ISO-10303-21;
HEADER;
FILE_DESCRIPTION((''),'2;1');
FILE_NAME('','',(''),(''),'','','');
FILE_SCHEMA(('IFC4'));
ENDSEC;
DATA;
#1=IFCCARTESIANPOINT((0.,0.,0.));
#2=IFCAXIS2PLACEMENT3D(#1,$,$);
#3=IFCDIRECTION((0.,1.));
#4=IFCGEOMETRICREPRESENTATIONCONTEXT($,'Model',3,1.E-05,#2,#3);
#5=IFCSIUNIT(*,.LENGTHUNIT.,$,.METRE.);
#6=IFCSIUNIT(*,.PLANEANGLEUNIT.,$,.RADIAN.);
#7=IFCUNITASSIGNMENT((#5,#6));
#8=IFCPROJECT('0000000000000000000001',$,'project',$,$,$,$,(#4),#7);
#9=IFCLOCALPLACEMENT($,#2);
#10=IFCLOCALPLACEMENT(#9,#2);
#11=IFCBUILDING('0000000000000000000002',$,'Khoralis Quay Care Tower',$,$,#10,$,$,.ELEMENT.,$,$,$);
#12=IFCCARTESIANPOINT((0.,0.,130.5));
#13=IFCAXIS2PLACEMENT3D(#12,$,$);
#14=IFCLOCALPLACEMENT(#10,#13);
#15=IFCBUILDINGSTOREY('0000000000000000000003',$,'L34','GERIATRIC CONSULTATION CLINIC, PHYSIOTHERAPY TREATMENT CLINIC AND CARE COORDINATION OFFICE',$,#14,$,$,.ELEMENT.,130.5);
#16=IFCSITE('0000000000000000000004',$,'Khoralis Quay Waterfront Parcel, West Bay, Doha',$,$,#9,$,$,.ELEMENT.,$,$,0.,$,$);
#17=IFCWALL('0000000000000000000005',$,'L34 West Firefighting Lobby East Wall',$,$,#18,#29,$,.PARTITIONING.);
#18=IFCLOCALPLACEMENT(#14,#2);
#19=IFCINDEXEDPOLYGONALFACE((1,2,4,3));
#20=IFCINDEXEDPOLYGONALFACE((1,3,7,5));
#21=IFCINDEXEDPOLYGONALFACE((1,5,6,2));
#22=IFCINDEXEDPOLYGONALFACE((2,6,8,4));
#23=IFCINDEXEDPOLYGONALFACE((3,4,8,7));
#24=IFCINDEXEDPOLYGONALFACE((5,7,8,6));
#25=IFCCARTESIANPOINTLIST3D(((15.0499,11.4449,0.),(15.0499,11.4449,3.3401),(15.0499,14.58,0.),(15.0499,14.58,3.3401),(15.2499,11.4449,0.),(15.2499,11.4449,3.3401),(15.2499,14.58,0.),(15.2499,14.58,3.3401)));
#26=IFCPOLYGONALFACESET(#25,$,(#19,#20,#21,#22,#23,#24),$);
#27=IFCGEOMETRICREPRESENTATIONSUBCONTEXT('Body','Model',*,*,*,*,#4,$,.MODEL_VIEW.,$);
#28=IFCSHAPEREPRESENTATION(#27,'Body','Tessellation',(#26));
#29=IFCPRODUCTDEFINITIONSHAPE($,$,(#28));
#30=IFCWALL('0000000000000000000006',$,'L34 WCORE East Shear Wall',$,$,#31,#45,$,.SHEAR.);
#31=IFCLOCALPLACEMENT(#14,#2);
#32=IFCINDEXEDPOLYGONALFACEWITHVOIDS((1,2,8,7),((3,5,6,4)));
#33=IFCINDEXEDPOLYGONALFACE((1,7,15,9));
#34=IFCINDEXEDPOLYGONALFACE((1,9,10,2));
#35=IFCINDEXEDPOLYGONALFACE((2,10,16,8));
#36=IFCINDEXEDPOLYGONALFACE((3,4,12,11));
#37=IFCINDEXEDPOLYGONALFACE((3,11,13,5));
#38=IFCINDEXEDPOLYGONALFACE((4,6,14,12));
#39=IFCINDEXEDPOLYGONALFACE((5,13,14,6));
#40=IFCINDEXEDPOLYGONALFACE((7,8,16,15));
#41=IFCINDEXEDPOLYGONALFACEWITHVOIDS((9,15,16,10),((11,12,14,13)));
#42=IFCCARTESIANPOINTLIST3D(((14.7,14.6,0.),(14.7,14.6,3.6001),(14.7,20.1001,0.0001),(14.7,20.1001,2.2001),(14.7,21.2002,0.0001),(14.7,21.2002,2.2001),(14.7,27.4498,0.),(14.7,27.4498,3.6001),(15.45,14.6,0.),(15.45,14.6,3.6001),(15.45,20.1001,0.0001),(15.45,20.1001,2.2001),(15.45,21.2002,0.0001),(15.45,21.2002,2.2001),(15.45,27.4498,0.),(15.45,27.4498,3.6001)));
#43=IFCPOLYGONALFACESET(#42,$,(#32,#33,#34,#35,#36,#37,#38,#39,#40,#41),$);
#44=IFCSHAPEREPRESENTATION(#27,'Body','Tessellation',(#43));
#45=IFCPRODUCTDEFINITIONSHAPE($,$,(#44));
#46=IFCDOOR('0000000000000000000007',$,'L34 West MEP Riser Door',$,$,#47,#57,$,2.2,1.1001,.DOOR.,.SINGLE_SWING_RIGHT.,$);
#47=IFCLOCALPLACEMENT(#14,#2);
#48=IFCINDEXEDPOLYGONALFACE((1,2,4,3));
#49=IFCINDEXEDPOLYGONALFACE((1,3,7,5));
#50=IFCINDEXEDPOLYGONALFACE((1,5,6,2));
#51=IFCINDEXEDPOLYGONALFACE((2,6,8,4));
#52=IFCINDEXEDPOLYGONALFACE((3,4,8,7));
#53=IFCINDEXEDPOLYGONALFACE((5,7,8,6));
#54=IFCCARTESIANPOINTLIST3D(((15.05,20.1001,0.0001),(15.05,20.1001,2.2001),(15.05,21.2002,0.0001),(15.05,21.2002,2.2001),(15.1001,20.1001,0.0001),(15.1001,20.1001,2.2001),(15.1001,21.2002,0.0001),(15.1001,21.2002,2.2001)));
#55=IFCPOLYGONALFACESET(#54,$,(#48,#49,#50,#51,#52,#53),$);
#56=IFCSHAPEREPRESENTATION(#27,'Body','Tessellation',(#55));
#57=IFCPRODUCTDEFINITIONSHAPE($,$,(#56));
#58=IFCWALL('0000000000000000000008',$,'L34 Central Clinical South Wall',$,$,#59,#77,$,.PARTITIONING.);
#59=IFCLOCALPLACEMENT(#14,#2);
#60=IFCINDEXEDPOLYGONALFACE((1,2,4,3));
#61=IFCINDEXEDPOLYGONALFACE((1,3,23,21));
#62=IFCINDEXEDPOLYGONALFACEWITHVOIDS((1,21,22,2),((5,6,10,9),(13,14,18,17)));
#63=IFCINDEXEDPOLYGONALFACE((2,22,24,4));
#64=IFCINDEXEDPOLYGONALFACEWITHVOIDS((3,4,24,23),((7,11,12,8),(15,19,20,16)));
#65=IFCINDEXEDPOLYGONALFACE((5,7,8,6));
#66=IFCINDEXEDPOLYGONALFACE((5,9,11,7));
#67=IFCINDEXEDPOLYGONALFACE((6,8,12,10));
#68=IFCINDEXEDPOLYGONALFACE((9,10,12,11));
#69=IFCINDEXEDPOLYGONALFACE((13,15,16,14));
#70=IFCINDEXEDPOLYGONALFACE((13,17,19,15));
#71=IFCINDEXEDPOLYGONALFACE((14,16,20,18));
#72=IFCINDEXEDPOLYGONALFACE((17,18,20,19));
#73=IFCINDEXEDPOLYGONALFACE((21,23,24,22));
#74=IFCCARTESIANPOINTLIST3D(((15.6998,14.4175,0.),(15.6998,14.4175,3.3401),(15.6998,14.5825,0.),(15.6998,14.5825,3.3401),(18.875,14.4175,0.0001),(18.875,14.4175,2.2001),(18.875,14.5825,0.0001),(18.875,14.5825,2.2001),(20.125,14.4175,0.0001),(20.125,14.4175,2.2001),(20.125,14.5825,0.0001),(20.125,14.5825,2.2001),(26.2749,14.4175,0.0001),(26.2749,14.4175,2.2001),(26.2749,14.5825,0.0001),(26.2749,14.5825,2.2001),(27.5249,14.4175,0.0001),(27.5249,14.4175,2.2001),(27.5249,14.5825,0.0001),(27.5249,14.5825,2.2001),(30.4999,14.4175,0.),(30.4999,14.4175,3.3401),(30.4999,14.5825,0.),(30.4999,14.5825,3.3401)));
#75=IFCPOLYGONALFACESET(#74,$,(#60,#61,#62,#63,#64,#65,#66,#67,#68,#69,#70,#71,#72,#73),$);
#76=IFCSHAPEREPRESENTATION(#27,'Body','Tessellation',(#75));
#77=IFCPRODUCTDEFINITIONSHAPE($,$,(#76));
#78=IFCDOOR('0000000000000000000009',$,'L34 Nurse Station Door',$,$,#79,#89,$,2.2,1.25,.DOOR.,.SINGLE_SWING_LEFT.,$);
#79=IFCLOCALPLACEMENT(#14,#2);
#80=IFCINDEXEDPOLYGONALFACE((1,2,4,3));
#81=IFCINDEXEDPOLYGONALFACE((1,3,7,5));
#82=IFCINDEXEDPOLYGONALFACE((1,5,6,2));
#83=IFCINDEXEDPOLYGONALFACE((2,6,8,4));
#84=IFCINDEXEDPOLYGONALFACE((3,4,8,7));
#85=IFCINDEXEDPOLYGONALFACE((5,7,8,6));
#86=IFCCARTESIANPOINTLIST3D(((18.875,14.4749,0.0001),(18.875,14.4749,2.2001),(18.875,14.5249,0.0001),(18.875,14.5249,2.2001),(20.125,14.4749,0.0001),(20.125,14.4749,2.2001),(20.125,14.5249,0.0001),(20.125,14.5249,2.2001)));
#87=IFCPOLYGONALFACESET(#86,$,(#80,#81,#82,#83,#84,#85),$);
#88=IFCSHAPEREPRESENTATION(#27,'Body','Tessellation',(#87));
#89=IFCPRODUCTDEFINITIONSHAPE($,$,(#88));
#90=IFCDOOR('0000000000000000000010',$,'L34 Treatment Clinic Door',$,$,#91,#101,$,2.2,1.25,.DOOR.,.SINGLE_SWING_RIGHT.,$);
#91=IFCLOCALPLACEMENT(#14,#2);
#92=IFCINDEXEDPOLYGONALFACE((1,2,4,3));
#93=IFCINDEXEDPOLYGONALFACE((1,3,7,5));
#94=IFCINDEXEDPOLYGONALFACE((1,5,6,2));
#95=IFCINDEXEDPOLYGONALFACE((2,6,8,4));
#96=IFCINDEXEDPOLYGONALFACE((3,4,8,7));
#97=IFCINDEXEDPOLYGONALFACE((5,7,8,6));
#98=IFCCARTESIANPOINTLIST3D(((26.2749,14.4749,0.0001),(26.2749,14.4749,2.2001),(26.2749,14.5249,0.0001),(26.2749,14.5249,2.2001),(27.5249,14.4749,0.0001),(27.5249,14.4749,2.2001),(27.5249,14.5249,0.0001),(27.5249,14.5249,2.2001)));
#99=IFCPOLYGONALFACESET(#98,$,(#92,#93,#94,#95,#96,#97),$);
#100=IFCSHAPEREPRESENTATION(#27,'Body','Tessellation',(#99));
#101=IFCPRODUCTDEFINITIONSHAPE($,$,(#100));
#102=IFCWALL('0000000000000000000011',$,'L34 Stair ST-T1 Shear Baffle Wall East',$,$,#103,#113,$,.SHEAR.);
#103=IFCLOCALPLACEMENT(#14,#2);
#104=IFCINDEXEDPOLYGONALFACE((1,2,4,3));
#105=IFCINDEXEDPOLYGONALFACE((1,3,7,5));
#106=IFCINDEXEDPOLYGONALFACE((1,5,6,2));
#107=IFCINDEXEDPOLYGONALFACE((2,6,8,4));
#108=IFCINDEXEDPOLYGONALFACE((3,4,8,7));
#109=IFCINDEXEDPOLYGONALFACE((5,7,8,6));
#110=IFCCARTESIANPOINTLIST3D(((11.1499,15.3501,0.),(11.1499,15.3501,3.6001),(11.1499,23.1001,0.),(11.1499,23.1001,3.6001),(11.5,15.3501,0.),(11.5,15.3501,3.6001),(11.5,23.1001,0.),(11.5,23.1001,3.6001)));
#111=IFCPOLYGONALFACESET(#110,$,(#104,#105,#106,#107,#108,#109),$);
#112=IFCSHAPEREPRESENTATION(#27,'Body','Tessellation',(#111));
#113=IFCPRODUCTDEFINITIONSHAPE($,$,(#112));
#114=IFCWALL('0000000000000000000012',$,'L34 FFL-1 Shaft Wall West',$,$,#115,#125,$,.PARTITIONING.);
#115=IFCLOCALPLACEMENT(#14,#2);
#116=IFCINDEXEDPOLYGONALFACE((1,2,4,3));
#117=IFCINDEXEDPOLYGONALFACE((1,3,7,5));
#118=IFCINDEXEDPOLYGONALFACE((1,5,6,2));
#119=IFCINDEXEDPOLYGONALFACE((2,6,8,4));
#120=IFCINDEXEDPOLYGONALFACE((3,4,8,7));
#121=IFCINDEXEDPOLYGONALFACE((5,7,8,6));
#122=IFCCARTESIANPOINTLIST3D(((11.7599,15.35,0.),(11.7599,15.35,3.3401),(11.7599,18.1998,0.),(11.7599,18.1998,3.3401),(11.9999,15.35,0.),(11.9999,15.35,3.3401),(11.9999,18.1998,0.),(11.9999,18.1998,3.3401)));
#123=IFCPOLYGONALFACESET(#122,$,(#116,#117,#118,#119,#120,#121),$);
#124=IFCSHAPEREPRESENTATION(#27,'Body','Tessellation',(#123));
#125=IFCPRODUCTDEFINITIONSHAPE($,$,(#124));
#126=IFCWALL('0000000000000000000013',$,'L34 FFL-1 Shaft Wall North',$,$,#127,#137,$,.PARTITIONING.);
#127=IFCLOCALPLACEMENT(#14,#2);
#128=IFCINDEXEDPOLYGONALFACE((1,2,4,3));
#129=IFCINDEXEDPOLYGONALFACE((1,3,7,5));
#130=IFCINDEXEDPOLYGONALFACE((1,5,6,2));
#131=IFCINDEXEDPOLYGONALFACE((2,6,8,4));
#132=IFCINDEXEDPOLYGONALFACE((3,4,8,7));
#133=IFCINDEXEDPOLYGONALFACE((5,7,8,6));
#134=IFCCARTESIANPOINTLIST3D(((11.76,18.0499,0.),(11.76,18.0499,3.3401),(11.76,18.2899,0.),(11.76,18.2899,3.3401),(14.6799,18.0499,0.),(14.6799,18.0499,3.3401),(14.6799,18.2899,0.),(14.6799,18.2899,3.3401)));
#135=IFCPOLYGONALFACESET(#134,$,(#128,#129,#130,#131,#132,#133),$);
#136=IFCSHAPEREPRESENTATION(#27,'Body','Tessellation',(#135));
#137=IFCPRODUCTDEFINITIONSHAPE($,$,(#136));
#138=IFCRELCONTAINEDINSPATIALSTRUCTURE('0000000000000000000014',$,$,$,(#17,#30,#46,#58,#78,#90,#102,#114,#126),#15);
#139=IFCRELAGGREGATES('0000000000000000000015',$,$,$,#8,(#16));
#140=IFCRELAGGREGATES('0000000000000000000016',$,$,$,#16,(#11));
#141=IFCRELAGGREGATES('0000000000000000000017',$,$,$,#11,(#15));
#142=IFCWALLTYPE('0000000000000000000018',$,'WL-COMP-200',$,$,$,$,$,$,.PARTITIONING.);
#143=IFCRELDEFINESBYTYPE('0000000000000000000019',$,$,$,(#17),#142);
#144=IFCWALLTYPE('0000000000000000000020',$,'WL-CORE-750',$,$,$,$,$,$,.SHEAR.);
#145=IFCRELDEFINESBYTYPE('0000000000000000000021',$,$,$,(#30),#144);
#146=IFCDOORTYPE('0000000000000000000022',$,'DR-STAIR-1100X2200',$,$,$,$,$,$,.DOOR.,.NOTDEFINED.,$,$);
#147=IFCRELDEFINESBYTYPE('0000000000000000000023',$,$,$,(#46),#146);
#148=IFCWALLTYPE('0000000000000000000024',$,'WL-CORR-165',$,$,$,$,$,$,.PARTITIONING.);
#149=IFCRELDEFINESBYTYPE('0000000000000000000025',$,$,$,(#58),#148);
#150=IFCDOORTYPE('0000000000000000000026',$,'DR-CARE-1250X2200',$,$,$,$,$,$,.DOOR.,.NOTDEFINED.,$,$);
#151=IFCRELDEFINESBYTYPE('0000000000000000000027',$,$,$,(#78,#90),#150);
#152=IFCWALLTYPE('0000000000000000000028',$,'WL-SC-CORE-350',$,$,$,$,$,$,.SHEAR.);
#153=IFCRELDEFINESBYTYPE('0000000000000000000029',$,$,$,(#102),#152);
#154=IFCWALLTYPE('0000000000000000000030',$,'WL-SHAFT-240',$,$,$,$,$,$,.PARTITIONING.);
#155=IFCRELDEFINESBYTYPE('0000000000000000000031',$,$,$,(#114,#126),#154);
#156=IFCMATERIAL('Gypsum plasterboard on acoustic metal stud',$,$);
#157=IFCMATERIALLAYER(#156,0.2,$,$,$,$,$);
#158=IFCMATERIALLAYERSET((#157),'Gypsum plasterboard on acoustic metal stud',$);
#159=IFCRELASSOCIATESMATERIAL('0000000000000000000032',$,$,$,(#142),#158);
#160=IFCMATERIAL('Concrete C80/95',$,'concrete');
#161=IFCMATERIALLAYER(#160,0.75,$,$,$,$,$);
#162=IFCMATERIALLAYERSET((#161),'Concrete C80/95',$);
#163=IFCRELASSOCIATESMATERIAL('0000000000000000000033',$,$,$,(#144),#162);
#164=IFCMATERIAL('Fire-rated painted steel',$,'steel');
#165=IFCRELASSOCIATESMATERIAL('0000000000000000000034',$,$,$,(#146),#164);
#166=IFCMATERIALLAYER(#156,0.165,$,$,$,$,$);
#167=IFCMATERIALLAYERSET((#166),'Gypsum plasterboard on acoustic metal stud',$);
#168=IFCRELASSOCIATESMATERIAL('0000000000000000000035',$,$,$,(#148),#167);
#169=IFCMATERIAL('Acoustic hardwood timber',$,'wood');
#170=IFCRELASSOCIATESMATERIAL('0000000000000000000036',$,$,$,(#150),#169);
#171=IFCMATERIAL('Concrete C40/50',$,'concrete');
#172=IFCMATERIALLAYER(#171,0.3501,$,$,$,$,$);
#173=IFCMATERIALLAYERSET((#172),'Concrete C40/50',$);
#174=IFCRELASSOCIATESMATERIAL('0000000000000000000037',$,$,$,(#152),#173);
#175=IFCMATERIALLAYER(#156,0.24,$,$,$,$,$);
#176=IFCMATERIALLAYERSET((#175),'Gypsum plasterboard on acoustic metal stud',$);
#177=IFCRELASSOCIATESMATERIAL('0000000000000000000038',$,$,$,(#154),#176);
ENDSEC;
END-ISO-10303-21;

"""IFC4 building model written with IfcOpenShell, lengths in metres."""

from ifc_helpers import new_model, si_unit, direction, frame, frame_2d, origin, place, context, subcontext, project, spatial, rectangle, extrude, source, transform, mapped, material, layer, layer_set, type_object, element, fill, save


model = new_model("IFC4")

# Units and contexts
model_context = context("Model", 3, precision=1e-05, world=origin(), true_north=direction((0.0, 1.0)))
body_context = subcontext(model_context, "Body", "Model", "MODEL_VIEW")
ifc_project = project(units=[si_unit("LENGTHUNIT", "METRE"), si_unit("PLANEANGLEUNIT", "RADIAN")], contexts=[model_context])

# Site, building, storey
site_placement = place(None, origin())
site = spatial("IfcSite", under=ifc_project, at=site_placement, Name="Khoralis Quay Waterfront Parcel, West Bay, Doha", CompositionType="ELEMENT", RefElevation=0.0)
building_placement = place(site_placement, origin())
building = spatial("IfcBuilding", under=site, at=building_placement, Name="Khoralis Quay Care Tower", CompositionType="ELEMENT")
storey_placement = place(building_placement, frame((0.0, 0.0, 130.5)))
storey = spatial("IfcBuildingStorey", under=building, at=storey_placement, Name="L34", Description="GERIATRIC CONSULTATION CLINIC, PHYSIOTHERAPY TREATMENT CLINIC AND CARE COORDINATION OFFICE", CompositionType="ELEMENT", Elevation=130.5)

# Wall
ifc_material_1 = material(Name="Gypsum plasterboard on acoustic metal stud")
ifc_layer_1 = layer(ifc_material_1, 0.2)
ifc_layer_set_1 = layer_set([ifc_layer_1], Name="Gypsum plasterboard on acoustic metal stud")
wall_type_1 = type_object("IfcWallType", Name="WL-COMP-200", PredefinedType="PARTITIONING", material=ifc_layer_set_1)
wall_1_placement = place(storey_placement, frame((15.1499, 11.4451, 0.0), z_axis=(0.0, 0.0, 1.0), x_axis=(0.0, 1.0, 0.0)))
element("IfcWall", 1, at=wall_1_placement, inside=storey, type_object=wall_type_1, Name="L34 West Firefighting Lobby East Wall", PredefinedType="PARTITIONING", context=body_context, shape_type="SweptSolid", body=[
    extrude(rectangle(XDim=3.135, YDim=0.2, at=frame_2d((1.5674, 0.0))), origin(), (0.0, 0.0, 1.0), 3.3401),
])

# Wall, opening, door
ifc_material_2 = material(Name="Concrete C80/95", Category="concrete")
ifc_layer_2 = layer(ifc_material_2, 0.75)
ifc_layer_set_2 = layer_set([ifc_layer_2], Name="Concrete C80/95")
wall_type_2 = type_object("IfcWallType", Name="WL-CORE-750", PredefinedType="SHEAR", material=ifc_layer_set_2)
wall_2_placement = place(storey_placement, frame((15.075, 14.6001, 0.0), z_axis=(0.0, 0.0, 1.0), x_axis=(0.0, 1.0, 0.0)))
wall_2 = element("IfcWall", 2, at=wall_2_placement, inside=storey, type_object=wall_type_2, Name="L34 WCORE East Shear Wall", PredefinedType="SHEAR", context=body_context, shape_type="SweptSolid", body=[
    extrude(rectangle(XDim=12.8499, YDim=0.75, at=frame_2d((6.4248, 0.0))), origin(), (0.0, 0.0, 1.0), 3.6001),
])
opening_1_placement = place(wall_2_placement, frame((5.5, 0.0, 0.0)))
opening_1 = element("IfcOpeningElement", 3, at=opening_1_placement, cuts=wall_2, PredefinedType="OPENING", context=body_context, shape_type="SweptSolid", body=[
    extrude(rectangle(XDim=1.1001, YDim=2.2, at=frame_2d((0.55, 1.1001))), frame((0.0, 0.385, 0.0), z_axis=(0.0, -1.0, 0.0), x_axis=(1.0, 0.0, 0.0)), (0.0, 0.0, 1.0), 0.77),
])
ifc_material_3 = material(Name="Fire-rated painted steel", Category="steel")
door_type_1 = type_object("IfcDoorType", Name="DR-STAIR-1100X2200", OperationType="NOTDEFINED", PredefinedType="DOOR", material=ifc_material_3)
shared_shape_1 = source(origin(), body_context, "Body", "SweptSolid", [
    extrude(rectangle(XDim=1.1001, YDim=2.2, at=frame_2d((0.55, 1.1001))), frame((0.0, 0.0249, 0.0), z_axis=(0.0, -1.0, 0.0), x_axis=(1.0, 0.0, 0.0)), (0.0, 0.0, 1.0), 0.05),
])
door_1_placement = place(opening_1_placement, origin())
door_1 = element("IfcDoor", 4, at=door_1_placement, inside=storey, type_object=door_type_1, Name="L34 West MEP Riser Door", OperationType="SINGLE_SWING_RIGHT", OverallHeight=2.2, OverallWidth=1.1001, PredefinedType="DOOR", context=body_context, shape_type="MappedRepresentation", body=[
    mapped(shared_shape_1, transform((0.0, 0.0, 0.0), scale=1.0)),
])
fill(opening_1, door_1)

# Wall, openings, doors
ifc_layer_3 = layer(ifc_material_1, 0.165)
ifc_layer_set_3 = layer_set([ifc_layer_3], Name="Gypsum plasterboard on acoustic metal stud")
wall_type_3 = type_object("IfcWallType", Name="WL-CORR-165", PredefinedType="PARTITIONING", material=ifc_layer_set_3)
wall_3_placement = place(storey_placement, frame((15.7, 14.5, 0.0), z_axis=(0.0, 0.0, 1.0), x_axis=(1.0, 0.0, 0.0)))
wall_3 = element("IfcWall", 5, at=wall_3_placement, inside=storey, type_object=wall_type_3, Name="L34 Central Clinical South Wall", PredefinedType="PARTITIONING", context=body_context, shape_type="SweptSolid", body=[
    extrude(rectangle(XDim=14.8, YDim=0.165, at=frame_2d((7.3999, 0.0))), origin(), (0.0, 0.0, 1.0), 3.3401),
])
opening_2_placement = place(wall_3_placement, frame((3.175, 0.0, 0.0)))
opening_2 = element("IfcOpeningElement", 6, at=opening_2_placement, cuts=wall_3, PredefinedType="OPENING", context=body_context, shape_type="SweptSolid", body=[
    extrude(rectangle(XDim=1.25, YDim=2.2, at=frame_2d((0.625, 1.1001))), frame((0.0, 0.0925, 0.0), z_axis=(0.0, -1.0, 0.0), x_axis=(1.0, 0.0, 0.0)), (0.0, 0.0, 1.0), 0.1851),
])
opening_3_placement = place(wall_3_placement, frame((10.575, 0.0, 0.0)))
opening_3 = element("IfcOpeningElement", 7, at=opening_3_placement, cuts=wall_3, PredefinedType="OPENING", context=body_context, shape_type="SweptSolid", body=[
    extrude(rectangle(XDim=1.25, YDim=2.2, at=frame_2d((0.625, 1.1001))), frame((0.0, 0.0925, 0.0), z_axis=(0.0, -1.0, 0.0), x_axis=(1.0, 0.0, 0.0)), (0.0, 0.0, 1.0), 0.1851),
])
ifc_material_4 = material(Name="Acoustic hardwood timber", Category="wood")
door_type_2 = type_object("IfcDoorType", Name="DR-CARE-1250X2200", OperationType="NOTDEFINED", PredefinedType="DOOR", material=ifc_material_4)
shared_shape_2 = source(origin(), body_context, "Body", "SweptSolid", [
    extrude(rectangle(XDim=1.25, YDim=2.2, at=frame_2d((0.625, 1.1001))), frame((0.0, 0.0249, 0.0), z_axis=(0.0, -1.0, 0.0), x_axis=(1.0, 0.0, 0.0)), (0.0, 0.0, 1.0), 0.05),
])
door_2_placement = place(opening_2_placement, origin())
door_2 = element("IfcDoor", 8, at=door_2_placement, inside=storey, type_object=door_type_2, Name="L34 Nurse Station Door", OperationType="SINGLE_SWING_LEFT", OverallHeight=2.2, OverallWidth=1.25, PredefinedType="DOOR", context=body_context, shape_type="MappedRepresentation", body=[
    mapped(shared_shape_2, transform((0.0, 0.0, 0.0), scale=1.0)),
])
fill(opening_2, door_2)
door_3_placement = place(opening_3_placement, origin())
door_3 = element("IfcDoor", 9, at=door_3_placement, inside=storey, type_object=door_type_2, Name="L34 Treatment Clinic Door", OperationType="SINGLE_SWING_RIGHT", OverallHeight=2.2, OverallWidth=1.25, PredefinedType="DOOR", context=body_context, shape_type="MappedRepresentation", body=[
    mapped(shared_shape_2, transform((0.0, 0.0, 0.0), scale=1.0)),
])
fill(opening_3, door_3)

# Walls
ifc_material_5 = material(Name="Concrete C40/50", Category="concrete")
ifc_layer_4 = layer(ifc_material_5, 0.3501)
ifc_layer_set_4 = layer_set([ifc_layer_4], Name="Concrete C40/50")
wall_type_4 = type_object("IfcWallType", Name="WL-SC-CORE-350", PredefinedType="SHEAR", material=ifc_layer_set_4)
wall_4_placement = place(storey_placement, frame((11.325, 15.3501, 0.0), z_axis=(0.0, 0.0, 1.0), x_axis=(0.0, 1.0, 0.0)))
element("IfcWall", 10, at=wall_4_placement, inside=storey, type_object=wall_type_4, Name="L34 Stair ST-T1 Shear Baffle Wall East", PredefinedType="SHEAR", context=body_context, shape_type="SweptSolid", body=[
    extrude(rectangle(XDim=7.75, YDim=0.3501, at=frame_2d((3.875, 0.0))), origin(), (0.0, 0.0, 1.0), 3.6001),
])
ifc_layer_5 = layer(ifc_material_1, 0.24)
ifc_layer_set_5 = layer_set([ifc_layer_5], Name="Gypsum plasterboard on acoustic metal stud")
wall_type_5 = type_object("IfcWallType", Name="WL-SHAFT-240", PredefinedType="PARTITIONING", material=ifc_layer_set_5)
wall_5_placement = place(storey_placement, frame((11.8799, 15.3501, 0.0), z_axis=(0.0, 0.0, 1.0), x_axis=(0.0, 1.0, 0.0)))
element("IfcWall", 11, at=wall_5_placement, inside=storey, type_object=wall_type_5, Name="L34 FFL-1 Shaft Wall West", PredefinedType="PARTITIONING", context=body_context, shape_type="SweptSolid", body=[
    extrude(rectangle(XDim=2.8499, YDim=0.24, at=frame_2d((1.4248, 0.0))), origin(), (0.0, 0.0, 1.0), 3.3401),
])
wall_6_placement = place(storey_placement, frame((11.76, 18.1699, 0.0), z_axis=(0.0, 0.0, 1.0), x_axis=(1.0, 0.0, 0.0)))
element("IfcWall", 12, at=wall_6_placement, inside=storey, type_object=wall_type_5, Name="L34 FFL-1 Shaft Wall North", PredefinedType="PARTITIONING", context=body_context, shape_type="SweptSolid", body=[
    extrude(rectangle(XDim=2.9199, YDim=0.24, at=frame_2d((1.46, 0.0))), origin(), (0.0, 0.0, 1.0), 3.3401),
])

save(model, "model.ifc")
